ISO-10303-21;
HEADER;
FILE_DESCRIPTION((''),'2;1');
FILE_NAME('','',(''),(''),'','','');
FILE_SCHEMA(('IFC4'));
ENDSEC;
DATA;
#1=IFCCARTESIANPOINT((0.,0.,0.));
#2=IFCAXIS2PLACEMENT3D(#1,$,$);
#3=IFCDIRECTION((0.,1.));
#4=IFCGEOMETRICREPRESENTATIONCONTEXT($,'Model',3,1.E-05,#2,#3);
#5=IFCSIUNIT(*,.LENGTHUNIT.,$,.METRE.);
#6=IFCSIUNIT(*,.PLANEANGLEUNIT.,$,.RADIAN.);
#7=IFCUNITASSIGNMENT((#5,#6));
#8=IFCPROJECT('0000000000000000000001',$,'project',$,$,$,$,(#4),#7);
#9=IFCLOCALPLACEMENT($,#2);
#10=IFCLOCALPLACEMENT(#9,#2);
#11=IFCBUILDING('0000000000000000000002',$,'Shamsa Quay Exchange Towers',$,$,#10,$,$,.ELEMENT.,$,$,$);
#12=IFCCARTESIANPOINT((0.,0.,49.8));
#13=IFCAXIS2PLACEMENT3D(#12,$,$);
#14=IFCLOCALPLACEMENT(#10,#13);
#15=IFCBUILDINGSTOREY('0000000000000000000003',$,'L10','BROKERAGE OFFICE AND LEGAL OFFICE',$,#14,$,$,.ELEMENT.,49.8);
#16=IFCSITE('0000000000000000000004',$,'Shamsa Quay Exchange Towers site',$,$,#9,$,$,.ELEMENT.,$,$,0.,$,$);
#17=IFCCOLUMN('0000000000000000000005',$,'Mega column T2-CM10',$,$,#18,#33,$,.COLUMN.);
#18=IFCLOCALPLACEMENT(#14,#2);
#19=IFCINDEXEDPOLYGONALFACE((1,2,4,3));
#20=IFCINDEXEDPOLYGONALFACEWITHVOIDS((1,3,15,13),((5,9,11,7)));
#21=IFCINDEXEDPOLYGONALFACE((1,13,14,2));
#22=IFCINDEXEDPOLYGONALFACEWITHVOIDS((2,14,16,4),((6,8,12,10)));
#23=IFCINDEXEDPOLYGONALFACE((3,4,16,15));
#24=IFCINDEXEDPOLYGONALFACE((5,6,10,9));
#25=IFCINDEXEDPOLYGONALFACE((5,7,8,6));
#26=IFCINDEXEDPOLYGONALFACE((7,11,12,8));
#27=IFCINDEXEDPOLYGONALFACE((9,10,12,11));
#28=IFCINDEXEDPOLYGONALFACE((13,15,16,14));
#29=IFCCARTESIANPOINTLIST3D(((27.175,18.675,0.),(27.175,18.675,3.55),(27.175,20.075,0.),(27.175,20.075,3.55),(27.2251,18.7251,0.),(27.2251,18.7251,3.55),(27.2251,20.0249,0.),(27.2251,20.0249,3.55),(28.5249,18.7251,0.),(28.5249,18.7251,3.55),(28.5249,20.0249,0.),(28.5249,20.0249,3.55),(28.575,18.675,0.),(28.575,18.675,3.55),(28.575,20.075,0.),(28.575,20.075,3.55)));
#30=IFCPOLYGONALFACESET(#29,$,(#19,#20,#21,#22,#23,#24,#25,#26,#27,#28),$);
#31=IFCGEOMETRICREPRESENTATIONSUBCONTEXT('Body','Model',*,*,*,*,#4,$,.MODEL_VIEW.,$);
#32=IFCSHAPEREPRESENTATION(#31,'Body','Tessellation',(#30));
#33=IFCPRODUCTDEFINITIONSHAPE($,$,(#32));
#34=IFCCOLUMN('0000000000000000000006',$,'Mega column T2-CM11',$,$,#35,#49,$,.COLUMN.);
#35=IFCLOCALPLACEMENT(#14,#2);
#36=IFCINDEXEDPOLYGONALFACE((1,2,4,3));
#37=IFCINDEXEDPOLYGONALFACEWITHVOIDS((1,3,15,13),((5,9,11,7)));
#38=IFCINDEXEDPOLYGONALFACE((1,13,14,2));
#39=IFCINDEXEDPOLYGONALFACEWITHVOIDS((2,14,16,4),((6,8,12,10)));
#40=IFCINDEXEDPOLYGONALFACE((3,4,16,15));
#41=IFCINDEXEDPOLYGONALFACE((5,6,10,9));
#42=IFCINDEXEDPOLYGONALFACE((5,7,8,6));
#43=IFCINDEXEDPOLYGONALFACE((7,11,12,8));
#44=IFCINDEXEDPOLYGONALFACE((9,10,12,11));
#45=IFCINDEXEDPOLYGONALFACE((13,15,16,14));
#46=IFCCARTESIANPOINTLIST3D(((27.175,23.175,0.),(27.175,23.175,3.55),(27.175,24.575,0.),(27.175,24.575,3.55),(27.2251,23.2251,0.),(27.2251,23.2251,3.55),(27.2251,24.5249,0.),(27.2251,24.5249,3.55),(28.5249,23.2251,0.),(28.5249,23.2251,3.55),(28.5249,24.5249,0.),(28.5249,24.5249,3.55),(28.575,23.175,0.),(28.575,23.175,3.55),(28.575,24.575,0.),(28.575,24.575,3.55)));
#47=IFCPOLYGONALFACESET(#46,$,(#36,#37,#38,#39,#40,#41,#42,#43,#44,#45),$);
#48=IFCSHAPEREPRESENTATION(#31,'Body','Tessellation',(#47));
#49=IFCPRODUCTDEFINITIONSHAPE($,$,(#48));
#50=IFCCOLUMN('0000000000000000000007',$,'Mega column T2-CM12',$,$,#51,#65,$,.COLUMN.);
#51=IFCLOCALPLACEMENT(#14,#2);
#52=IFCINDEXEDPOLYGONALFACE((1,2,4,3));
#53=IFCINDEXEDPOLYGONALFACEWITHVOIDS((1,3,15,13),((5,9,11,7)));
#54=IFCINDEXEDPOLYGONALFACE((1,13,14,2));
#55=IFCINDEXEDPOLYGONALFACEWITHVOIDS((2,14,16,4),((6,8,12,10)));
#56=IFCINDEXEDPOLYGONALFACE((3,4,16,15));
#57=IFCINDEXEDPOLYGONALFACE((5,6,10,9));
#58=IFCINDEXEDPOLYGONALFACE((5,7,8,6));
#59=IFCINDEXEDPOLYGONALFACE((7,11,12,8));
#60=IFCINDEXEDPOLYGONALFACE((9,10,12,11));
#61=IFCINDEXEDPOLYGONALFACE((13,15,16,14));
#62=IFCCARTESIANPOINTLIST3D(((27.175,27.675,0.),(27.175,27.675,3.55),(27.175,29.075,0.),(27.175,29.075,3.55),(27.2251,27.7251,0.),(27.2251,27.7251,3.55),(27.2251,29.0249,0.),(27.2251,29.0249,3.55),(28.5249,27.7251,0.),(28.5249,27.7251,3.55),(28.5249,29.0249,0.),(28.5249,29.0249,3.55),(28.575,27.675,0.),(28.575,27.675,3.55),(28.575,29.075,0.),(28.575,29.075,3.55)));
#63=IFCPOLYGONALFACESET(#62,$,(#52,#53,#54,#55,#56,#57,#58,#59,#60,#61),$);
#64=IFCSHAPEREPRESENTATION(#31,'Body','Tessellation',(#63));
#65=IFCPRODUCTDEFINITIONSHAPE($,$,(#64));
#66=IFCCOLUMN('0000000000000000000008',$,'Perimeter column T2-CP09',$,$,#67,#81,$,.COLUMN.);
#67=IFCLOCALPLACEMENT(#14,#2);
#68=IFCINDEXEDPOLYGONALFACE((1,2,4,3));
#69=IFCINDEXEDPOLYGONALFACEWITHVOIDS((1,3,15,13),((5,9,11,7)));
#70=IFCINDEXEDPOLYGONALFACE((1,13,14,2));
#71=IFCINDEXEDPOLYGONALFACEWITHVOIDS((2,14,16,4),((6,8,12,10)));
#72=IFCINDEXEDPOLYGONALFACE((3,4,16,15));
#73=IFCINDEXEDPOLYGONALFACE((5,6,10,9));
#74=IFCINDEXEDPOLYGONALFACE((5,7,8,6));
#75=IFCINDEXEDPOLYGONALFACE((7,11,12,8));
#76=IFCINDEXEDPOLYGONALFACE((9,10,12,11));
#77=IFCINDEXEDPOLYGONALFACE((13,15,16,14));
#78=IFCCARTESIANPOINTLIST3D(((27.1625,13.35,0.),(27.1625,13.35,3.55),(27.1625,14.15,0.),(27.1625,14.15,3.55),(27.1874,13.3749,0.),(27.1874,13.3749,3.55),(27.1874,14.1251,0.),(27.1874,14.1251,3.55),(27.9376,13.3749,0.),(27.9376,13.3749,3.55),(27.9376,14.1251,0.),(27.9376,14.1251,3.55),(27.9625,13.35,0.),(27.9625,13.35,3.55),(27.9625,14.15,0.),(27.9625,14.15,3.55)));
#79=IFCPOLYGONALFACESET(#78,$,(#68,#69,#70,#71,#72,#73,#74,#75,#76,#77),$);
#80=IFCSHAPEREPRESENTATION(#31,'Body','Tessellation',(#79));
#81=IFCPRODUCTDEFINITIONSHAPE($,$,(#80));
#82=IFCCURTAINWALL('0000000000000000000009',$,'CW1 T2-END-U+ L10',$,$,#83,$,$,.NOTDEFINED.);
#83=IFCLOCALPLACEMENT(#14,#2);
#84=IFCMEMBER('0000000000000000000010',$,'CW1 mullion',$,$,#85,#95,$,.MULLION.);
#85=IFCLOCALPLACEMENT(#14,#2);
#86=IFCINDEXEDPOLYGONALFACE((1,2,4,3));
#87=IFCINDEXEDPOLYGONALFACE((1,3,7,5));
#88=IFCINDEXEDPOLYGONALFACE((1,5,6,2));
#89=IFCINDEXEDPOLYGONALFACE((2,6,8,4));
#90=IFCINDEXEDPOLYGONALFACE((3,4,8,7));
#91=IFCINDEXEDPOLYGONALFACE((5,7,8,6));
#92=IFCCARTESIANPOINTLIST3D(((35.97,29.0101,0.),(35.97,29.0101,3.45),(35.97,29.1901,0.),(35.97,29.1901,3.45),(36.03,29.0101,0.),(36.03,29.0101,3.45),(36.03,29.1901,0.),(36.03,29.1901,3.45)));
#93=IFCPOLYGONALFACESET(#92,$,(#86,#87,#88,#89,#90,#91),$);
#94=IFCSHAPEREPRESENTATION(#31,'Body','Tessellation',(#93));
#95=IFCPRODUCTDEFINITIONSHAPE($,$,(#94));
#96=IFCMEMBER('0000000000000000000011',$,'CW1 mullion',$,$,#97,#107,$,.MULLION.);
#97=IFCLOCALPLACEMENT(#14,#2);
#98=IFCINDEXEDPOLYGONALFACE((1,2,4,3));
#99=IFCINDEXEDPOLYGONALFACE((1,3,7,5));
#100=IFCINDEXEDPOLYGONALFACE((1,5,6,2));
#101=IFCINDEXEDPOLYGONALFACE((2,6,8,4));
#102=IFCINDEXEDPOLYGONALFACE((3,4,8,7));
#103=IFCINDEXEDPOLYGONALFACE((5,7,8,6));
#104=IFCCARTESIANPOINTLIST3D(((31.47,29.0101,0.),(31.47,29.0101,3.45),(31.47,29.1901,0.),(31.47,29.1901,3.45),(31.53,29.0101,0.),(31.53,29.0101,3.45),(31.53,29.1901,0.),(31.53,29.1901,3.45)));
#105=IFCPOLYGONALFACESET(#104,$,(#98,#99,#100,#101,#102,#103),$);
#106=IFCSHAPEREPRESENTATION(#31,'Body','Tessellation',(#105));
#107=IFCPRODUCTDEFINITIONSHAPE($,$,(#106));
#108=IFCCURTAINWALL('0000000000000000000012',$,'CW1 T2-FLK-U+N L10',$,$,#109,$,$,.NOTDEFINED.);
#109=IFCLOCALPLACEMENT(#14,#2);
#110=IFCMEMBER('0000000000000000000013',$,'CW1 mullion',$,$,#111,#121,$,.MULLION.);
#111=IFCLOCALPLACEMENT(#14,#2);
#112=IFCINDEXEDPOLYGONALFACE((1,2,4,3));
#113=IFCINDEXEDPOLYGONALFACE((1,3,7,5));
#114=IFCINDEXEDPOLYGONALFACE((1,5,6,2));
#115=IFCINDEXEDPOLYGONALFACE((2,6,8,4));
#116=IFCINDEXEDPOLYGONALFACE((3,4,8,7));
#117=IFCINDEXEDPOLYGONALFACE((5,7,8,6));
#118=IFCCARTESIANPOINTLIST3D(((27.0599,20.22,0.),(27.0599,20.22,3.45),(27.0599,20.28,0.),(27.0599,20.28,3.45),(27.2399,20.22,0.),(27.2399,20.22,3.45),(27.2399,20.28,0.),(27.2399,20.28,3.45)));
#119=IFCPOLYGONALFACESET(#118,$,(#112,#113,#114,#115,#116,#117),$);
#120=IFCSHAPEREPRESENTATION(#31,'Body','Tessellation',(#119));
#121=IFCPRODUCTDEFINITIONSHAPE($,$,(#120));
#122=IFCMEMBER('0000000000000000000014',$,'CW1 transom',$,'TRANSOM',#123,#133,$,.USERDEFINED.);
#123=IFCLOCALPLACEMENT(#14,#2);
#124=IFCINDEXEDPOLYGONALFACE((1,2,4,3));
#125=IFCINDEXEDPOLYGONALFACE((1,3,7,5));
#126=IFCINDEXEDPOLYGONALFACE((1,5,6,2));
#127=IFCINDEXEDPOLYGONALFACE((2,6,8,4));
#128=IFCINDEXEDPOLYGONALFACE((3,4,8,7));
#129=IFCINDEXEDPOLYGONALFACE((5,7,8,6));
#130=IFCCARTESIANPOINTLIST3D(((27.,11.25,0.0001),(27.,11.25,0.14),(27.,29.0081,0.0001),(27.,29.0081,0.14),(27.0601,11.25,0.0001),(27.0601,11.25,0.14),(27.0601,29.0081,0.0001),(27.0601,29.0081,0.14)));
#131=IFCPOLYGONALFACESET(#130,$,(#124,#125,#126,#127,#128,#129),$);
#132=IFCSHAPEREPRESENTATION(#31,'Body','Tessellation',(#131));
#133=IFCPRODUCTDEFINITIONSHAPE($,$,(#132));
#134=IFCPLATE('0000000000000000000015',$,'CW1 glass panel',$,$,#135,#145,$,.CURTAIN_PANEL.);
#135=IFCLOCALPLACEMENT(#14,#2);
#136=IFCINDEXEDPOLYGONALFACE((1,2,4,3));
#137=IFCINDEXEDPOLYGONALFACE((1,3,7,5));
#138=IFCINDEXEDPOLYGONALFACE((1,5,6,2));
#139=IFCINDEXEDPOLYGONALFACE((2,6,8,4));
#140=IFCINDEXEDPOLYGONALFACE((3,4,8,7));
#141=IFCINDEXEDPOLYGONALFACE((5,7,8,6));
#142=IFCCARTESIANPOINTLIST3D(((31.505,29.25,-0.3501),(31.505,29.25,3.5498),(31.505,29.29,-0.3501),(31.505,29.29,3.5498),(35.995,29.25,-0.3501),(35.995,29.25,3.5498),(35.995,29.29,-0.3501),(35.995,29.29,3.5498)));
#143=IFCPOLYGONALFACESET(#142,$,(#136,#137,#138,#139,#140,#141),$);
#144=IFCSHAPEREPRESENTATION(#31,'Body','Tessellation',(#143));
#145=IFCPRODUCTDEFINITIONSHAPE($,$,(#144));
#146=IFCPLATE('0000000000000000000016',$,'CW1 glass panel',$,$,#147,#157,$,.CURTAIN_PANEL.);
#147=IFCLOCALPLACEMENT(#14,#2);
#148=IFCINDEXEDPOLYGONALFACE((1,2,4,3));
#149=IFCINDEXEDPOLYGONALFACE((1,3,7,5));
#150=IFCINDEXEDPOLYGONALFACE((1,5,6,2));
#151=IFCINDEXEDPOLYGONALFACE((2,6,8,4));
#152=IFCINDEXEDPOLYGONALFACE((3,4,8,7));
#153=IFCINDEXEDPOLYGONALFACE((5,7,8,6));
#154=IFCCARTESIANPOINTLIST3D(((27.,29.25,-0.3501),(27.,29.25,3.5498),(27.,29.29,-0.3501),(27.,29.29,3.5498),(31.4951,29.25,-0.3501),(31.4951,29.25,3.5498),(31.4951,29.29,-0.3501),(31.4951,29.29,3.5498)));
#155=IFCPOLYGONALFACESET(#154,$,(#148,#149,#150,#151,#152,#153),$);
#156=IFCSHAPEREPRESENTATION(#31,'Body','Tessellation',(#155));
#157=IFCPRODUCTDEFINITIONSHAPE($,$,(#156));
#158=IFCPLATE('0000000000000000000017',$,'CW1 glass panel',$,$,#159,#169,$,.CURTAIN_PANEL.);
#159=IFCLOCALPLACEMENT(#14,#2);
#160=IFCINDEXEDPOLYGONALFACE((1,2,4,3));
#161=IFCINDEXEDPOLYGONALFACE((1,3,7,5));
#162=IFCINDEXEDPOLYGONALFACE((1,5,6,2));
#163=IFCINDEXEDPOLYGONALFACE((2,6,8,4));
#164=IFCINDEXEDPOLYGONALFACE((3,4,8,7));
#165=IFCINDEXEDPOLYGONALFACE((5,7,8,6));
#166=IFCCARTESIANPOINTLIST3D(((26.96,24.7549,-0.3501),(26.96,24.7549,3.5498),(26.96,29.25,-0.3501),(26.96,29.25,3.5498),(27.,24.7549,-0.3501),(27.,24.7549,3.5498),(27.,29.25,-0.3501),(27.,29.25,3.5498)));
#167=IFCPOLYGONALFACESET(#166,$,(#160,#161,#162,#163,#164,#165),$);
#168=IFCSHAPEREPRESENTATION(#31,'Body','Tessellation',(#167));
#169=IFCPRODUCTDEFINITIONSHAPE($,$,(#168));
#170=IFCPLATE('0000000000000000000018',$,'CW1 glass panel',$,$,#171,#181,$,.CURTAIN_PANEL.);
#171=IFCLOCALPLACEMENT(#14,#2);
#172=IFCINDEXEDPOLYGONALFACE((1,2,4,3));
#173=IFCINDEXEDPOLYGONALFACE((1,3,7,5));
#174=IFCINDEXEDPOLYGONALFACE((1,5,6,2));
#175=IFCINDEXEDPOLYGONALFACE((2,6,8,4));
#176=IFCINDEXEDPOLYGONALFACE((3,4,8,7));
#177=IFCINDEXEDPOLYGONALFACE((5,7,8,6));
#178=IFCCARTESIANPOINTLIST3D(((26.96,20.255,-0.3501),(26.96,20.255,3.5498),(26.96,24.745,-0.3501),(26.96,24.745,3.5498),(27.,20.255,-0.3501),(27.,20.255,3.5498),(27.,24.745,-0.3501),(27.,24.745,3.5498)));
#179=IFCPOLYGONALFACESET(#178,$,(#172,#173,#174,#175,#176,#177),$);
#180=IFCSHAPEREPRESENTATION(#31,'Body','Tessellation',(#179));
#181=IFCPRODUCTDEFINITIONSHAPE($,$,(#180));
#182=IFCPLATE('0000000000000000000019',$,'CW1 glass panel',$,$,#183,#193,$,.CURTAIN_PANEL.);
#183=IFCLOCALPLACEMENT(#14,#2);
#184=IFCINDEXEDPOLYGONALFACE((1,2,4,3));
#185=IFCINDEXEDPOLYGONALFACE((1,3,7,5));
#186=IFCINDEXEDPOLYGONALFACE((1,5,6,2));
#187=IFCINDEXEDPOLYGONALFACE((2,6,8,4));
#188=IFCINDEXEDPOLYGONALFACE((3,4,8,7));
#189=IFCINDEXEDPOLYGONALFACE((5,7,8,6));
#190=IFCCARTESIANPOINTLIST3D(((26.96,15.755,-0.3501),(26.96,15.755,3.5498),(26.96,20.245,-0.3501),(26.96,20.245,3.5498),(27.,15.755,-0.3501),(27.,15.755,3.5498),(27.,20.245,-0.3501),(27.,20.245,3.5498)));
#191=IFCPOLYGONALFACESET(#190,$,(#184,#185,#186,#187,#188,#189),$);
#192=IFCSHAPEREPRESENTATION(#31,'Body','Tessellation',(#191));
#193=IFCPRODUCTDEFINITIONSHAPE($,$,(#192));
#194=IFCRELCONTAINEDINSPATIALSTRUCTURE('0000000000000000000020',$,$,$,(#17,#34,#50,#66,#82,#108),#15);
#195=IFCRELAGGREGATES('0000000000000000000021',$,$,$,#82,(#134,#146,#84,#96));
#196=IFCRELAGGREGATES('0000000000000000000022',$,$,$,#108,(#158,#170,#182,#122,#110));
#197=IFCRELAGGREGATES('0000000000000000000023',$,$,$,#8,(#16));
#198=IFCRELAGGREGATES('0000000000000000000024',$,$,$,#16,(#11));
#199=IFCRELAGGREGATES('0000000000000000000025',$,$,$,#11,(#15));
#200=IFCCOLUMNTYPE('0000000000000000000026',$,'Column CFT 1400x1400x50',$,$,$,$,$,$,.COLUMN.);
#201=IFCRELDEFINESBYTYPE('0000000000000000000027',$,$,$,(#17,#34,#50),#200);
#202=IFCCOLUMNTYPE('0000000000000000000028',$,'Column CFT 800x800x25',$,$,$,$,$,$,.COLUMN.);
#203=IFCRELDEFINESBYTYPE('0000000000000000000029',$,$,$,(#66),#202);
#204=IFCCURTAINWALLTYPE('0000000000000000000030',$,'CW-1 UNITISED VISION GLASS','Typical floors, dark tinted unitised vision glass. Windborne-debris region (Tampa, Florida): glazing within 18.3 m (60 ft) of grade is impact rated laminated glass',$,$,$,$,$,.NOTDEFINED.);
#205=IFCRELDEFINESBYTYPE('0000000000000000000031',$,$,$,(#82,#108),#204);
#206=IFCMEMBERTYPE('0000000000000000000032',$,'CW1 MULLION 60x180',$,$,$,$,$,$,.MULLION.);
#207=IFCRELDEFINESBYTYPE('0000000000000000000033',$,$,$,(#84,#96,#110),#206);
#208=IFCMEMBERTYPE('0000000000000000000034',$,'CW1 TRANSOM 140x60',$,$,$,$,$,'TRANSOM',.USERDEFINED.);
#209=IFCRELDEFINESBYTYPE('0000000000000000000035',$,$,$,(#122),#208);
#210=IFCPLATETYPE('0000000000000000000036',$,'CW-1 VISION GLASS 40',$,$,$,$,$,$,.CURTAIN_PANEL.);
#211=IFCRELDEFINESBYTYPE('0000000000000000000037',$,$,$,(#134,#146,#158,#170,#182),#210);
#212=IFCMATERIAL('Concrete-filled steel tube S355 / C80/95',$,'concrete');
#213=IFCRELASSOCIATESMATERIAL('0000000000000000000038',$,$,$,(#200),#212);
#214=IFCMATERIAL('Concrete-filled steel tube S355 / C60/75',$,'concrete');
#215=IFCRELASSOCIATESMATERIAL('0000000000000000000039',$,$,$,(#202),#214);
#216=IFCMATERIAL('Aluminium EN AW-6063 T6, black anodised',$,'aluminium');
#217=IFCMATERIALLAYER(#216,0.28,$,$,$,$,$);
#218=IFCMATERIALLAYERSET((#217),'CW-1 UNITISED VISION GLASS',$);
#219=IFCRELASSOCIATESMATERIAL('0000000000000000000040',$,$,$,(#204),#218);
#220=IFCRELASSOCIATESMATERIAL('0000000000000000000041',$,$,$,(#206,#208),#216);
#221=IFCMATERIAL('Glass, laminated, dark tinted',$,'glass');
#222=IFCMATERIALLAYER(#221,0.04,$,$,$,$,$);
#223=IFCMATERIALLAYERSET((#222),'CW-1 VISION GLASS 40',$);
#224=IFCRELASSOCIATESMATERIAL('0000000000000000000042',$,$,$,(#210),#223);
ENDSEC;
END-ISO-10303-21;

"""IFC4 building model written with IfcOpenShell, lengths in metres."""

from ifc_helpers import new_model, si_unit, direction, frame, origin, origin_2d, place, context, subcontext, project, spatial, rectangle, hollow_rectangle, extrude, material, layer, layer_set, material_profile, profile_set, type_object, element, aggregate, save


model = new_model("IFC4")

# Units and contexts
model_context = context("Model", 3, precision=1e-05, world=origin(), true_north=direction((0.0, 1.0)))
body_context = subcontext(model_context, "Body", "Model", "MODEL_VIEW")
ifc_project = project(units=[si_unit("LENGTHUNIT", "METRE"), si_unit("PLANEANGLEUNIT", "RADIAN")], contexts=[model_context])

# Site, building, storey
site_placement = place(None, origin())
site = spatial("IfcSite", under=ifc_project, at=site_placement, Name="Shamsa Quay Exchange Towers site", CompositionType="ELEMENT", RefElevation=0.0)
building_placement = place(site_placement, origin())
building = spatial("IfcBuilding", under=site, at=building_placement, Name="Shamsa Quay Exchange Towers", CompositionType="ELEMENT")
storey_placement = place(building_placement, frame((0.0, 0.0, 49.8)))
storey = spatial("IfcBuildingStorey", under=building, at=storey_placement, Name="L10", Description="BROKERAGE OFFICE AND LEGAL OFFICE", CompositionType="ELEMENT", Elevation=49.8)

# Columns
ifc_material_1 = material(Name="Concrete-filled steel tube S355 / C80/95", Category="concrete")
ifc_material_profile_1 = material_profile(ifc_material_1, hollow_rectangle(XDim=1.3999, YDim=1.3999, WallThickness=0.05, at=origin_2d()), Name="CFT 1400x1400x50")
ifc_profile_set_1 = profile_set([ifc_material_profile_1], Name="Concrete-filled steel tube S355 / C80/95")
column_type_1 = type_object("IfcColumnType", Name="Column CFT 1400x1400x50", PredefinedType="COLUMN", material=ifc_profile_set_1)
for number, where, name in (
    (1, (27.875, 19.375, 0.0), "Mega column T2-CM10"),
    (2, (27.875, 23.875, 0.0), "Mega column T2-CM11"),
    (3, (27.875, 28.375, 0.0), "Mega column T2-CM12"),
):
    element("IfcColumn", number, at=place(storey_placement, frame(where)), inside=storey, type_object=column_type_1, Name=name, PredefinedType="COLUMN", context=body_context, shape_type="SweptSolid", body=[
        extrude(hollow_rectangle(XDim=1.3999, YDim=1.3999, WallThickness=0.05, at=origin_2d()), origin(), (0.0, 0.0, 1.0), 3.55),
    ])
ifc_material_2 = material(Name="Concrete-filled steel tube S355 / C60/75", Category="concrete")
ifc_material_profile_2 = material_profile(ifc_material_2, hollow_rectangle(XDim=0.8, YDim=0.8, WallThickness=0.0249, at=origin_2d()), Name="CFT 800x800x25")
ifc_profile_set_2 = profile_set([ifc_material_profile_2], Name="Concrete-filled steel tube S355 / C60/75")
column_type_2 = type_object("IfcColumnType", Name="Column CFT 800x800x25", PredefinedType="COLUMN", material=ifc_profile_set_2)
column_placement = place(storey_placement, frame((27.5625, 13.75, 0.0)))
element("IfcColumn", 4, at=column_placement, inside=storey, type_object=column_type_2, Name="Perimeter column T2-CP09", PredefinedType="COLUMN", context=body_context, shape_type="SweptSolid", body=[
    extrude(hollow_rectangle(XDim=0.8, YDim=0.8, WallThickness=0.0249, at=origin_2d()), origin(), (0.0, 0.0, 1.0), 3.55),
])

# Curtain walls, members
ifc_material_3 = material(Name="Aluminium EN AW-6063 T6, black anodised", Category="aluminium")
ifc_layer_1 = layer(ifc_material_3, 0.28)
ifc_layer_set_1 = layer_set([ifc_layer_1], Name="CW-1 UNITISED VISION GLASS")
curtain_wall_type = type_object("IfcCurtainWallType", Name="CW-1 UNITISED VISION GLASS", Description="Typical floors, dark tinted unitised vision glass. Windborne-debris region (Tampa, Florida): glazing within 18.3 m (60 ft) of grade is impact rated laminated glass", PredefinedType="NOTDEFINED", material=ifc_layer_set_1)
curtain_wall_1_placement = place(storey_placement, origin())
curtain_wall_1 = element("IfcCurtainWall", 5, at=curtain_wall_1_placement, inside=storey, type_object=curtain_wall_type, Name="CW1 T2-END-U+ L10", PredefinedType="NOTDEFINED")
ifc_material_profile_3 = material_profile(ifc_material_3, rectangle(XDim=0.1799, YDim=0.0601, at=origin_2d()), Name="MU60x180")
ifc_profile_set_3 = profile_set([ifc_material_profile_3], Name="Aluminium EN AW-6063 T6, black anodised")
member_type_1 = type_object("IfcMemberType", Name="CW1 MULLION 60x180", PredefinedType="MULLION", material=ifc_profile_set_3)
member_1_placement = place(storey_placement, frame((36.0, 29.1001, 0.0), z_axis=(0.0, 0.0, 1.0), x_axis=(0.0, -1.0, 0.0)))
member_1 = element("IfcMember", 6, at=member_1_placement, type_object=member_type_1, Name="CW1 mullion", PredefinedType="MULLION", context=body_context, shape_type="SweptSolid", body=[
    extrude(rectangle(XDim=0.1799, YDim=0.0601, at=origin_2d()), origin(), (0.0, 0.0, 1.0), 3.45),
])
member_2_placement = place(storey_placement, frame((31.5, 29.1001, 0.0), z_axis=(0.0, 0.0, 1.0), x_axis=(0.0, -1.0, 0.0)))
member_2 = element("IfcMember", 7, at=member_2_placement, type_object=member_type_1, Name="CW1 mullion", PredefinedType="MULLION", context=body_context, shape_type="SweptSolid", body=[
    extrude(rectangle(XDim=0.1799, YDim=0.0601, at=origin_2d()), origin(), (0.0, 0.0, 1.0), 3.45),
])
curtain_wall_2_placement = place(storey_placement, origin())
curtain_wall_2 = element("IfcCurtainWall", 8, at=curtain_wall_2_placement, inside=storey, type_object=curtain_wall_type, Name="CW1 T2-FLK-U+N L10", PredefinedType="NOTDEFINED")
member_3_placement = place(storey_placement, frame((27.1499, 20.25, 0.0)))
member_3 = element("IfcMember", 9, at=member_3_placement, type_object=member_type_1, Name="CW1 mullion", PredefinedType="MULLION", context=body_context, shape_type="SweptSolid", body=[
    extrude(rectangle(XDim=0.1799, YDim=0.0601, at=origin_2d()), origin(), (0.0, 0.0, 1.0), 3.45),
])
ifc_material_profile_4 = material_profile(ifc_material_3, rectangle(XDim=0.0601, YDim=0.1399, at=origin_2d()), Name="TR140x60")
ifc_profile_set_4 = profile_set([ifc_material_profile_4], Name="Aluminium EN AW-6063 T6, black anodised")
member_type_2 = type_object("IfcMemberType", Name="CW1 TRANSOM 140x60", ElementType="TRANSOM", PredefinedType="USERDEFINED", material=ifc_profile_set_4)
member_4_placement = place(storey_placement, frame((27.03, 29.0081, 0.0701), z_axis=(0.0, -1.0, 0.0), x_axis=(1.0, 0.0, 0.0)))
member_4 = element("IfcMember", 10, at=member_4_placement, type_object=member_type_2, Name="CW1 transom", ObjectType="TRANSOM", PredefinedType="USERDEFINED", context=body_context, shape_type="SweptSolid", body=[
    extrude(rectangle(XDim=0.0601, YDim=0.1399, at=origin_2d()), origin(), (0.0, 0.0, 1.0), 17.7581),
])

# Plates
ifc_material_4 = material(Name="Glass, laminated, dark tinted", Category="glass")
ifc_layer_2 = layer(ifc_material_4, 0.04)
ifc_layer_set_2 = layer_set([ifc_layer_2], Name="CW-1 VISION GLASS 40")
plate_type = type_object("IfcPlateType", Name="CW-1 VISION GLASS 40", PredefinedType="CURTAIN_PANEL", material=ifc_layer_set_2)
plate_1_placement = place(storey_placement, frame((33.75, 29.27, -0.3501), z_axis=(0.0, 0.0, 1.0), x_axis=(-1.0, 0.0, 0.0)))
plate_1 = element("IfcPlate", 11, at=plate_1_placement, type_object=plate_type, Name="CW1 glass panel", PredefinedType="CURTAIN_PANEL", context=body_context, shape_type="SweptSolid", body=[
    extrude(rectangle(XDim=4.49, YDim=0.04, at=origin_2d()), origin(), (0.0, 0.0, 1.0), 3.8999),
])
plate_2_placement = place(storey_placement, frame((29.2476, 29.27, -0.3501), z_axis=(0.0, 0.0, 1.0), x_axis=(-1.0, 0.0, 0.0)))
plate_2 = element("IfcPlate", 12, at=plate_2_placement, type_object=plate_type, Name="CW1 glass panel", PredefinedType="CURTAIN_PANEL", context=body_context, shape_type="SweptSolid", body=[
    extrude(rectangle(XDim=4.4951, YDim=0.04, at=origin_2d()), origin(), (0.0, 0.0, 1.0), 3.8999),
])
aggregate(curtain_wall_1, [plate_1, plate_2, member_1, member_2])
plate_3_placement = place(storey_placement, frame((26.98, 27.0024, -0.3501), z_axis=(0.0, 0.0, 1.0), x_axis=(0.0, -1.0, 0.0)))
plate_3 = element("IfcPlate", 13, at=plate_3_placement, type_object=plate_type, Name="CW1 glass panel", PredefinedType="CURTAIN_PANEL", context=body_context, shape_type="SweptSolid", body=[
    extrude(rectangle(XDim=4.4951, YDim=0.04, at=origin_2d()), origin(), (0.0, 0.0, 1.0), 3.8999),
])
plate_4_placement = place(storey_placement, frame((26.98, 22.5, -0.3501), z_axis=(0.0, 0.0, 1.0), x_axis=(0.0, -1.0, 0.0)))
plate_4 = element("IfcPlate", 14, at=plate_4_placement, type_object=plate_type, Name="CW1 glass panel", PredefinedType="CURTAIN_PANEL", context=body_context, shape_type="SweptSolid", body=[
    extrude(rectangle(XDim=4.49, YDim=0.04, at=origin_2d()), origin(), (0.0, 0.0, 1.0), 3.8999),
])
plate_5_placement = place(storey_placement, frame((26.98, 18.0, -0.3501), z_axis=(0.0, 0.0, 1.0), x_axis=(0.0, -1.0, 0.0)))
plate_5 = element("IfcPlate", 15, at=plate_5_placement, type_object=plate_type, Name="CW1 glass panel", PredefinedType="CURTAIN_PANEL", context=body_context, shape_type="SweptSolid", body=[
    extrude(rectangle(XDim=4.49, YDim=0.04, at=origin_2d()), origin(), (0.0, 0.0, 1.0), 3.8999),
])
aggregate(curtain_wall_2, [plate_3, plate_4, plate_5, member_4, member_3])

save(model, "model.ifc")
